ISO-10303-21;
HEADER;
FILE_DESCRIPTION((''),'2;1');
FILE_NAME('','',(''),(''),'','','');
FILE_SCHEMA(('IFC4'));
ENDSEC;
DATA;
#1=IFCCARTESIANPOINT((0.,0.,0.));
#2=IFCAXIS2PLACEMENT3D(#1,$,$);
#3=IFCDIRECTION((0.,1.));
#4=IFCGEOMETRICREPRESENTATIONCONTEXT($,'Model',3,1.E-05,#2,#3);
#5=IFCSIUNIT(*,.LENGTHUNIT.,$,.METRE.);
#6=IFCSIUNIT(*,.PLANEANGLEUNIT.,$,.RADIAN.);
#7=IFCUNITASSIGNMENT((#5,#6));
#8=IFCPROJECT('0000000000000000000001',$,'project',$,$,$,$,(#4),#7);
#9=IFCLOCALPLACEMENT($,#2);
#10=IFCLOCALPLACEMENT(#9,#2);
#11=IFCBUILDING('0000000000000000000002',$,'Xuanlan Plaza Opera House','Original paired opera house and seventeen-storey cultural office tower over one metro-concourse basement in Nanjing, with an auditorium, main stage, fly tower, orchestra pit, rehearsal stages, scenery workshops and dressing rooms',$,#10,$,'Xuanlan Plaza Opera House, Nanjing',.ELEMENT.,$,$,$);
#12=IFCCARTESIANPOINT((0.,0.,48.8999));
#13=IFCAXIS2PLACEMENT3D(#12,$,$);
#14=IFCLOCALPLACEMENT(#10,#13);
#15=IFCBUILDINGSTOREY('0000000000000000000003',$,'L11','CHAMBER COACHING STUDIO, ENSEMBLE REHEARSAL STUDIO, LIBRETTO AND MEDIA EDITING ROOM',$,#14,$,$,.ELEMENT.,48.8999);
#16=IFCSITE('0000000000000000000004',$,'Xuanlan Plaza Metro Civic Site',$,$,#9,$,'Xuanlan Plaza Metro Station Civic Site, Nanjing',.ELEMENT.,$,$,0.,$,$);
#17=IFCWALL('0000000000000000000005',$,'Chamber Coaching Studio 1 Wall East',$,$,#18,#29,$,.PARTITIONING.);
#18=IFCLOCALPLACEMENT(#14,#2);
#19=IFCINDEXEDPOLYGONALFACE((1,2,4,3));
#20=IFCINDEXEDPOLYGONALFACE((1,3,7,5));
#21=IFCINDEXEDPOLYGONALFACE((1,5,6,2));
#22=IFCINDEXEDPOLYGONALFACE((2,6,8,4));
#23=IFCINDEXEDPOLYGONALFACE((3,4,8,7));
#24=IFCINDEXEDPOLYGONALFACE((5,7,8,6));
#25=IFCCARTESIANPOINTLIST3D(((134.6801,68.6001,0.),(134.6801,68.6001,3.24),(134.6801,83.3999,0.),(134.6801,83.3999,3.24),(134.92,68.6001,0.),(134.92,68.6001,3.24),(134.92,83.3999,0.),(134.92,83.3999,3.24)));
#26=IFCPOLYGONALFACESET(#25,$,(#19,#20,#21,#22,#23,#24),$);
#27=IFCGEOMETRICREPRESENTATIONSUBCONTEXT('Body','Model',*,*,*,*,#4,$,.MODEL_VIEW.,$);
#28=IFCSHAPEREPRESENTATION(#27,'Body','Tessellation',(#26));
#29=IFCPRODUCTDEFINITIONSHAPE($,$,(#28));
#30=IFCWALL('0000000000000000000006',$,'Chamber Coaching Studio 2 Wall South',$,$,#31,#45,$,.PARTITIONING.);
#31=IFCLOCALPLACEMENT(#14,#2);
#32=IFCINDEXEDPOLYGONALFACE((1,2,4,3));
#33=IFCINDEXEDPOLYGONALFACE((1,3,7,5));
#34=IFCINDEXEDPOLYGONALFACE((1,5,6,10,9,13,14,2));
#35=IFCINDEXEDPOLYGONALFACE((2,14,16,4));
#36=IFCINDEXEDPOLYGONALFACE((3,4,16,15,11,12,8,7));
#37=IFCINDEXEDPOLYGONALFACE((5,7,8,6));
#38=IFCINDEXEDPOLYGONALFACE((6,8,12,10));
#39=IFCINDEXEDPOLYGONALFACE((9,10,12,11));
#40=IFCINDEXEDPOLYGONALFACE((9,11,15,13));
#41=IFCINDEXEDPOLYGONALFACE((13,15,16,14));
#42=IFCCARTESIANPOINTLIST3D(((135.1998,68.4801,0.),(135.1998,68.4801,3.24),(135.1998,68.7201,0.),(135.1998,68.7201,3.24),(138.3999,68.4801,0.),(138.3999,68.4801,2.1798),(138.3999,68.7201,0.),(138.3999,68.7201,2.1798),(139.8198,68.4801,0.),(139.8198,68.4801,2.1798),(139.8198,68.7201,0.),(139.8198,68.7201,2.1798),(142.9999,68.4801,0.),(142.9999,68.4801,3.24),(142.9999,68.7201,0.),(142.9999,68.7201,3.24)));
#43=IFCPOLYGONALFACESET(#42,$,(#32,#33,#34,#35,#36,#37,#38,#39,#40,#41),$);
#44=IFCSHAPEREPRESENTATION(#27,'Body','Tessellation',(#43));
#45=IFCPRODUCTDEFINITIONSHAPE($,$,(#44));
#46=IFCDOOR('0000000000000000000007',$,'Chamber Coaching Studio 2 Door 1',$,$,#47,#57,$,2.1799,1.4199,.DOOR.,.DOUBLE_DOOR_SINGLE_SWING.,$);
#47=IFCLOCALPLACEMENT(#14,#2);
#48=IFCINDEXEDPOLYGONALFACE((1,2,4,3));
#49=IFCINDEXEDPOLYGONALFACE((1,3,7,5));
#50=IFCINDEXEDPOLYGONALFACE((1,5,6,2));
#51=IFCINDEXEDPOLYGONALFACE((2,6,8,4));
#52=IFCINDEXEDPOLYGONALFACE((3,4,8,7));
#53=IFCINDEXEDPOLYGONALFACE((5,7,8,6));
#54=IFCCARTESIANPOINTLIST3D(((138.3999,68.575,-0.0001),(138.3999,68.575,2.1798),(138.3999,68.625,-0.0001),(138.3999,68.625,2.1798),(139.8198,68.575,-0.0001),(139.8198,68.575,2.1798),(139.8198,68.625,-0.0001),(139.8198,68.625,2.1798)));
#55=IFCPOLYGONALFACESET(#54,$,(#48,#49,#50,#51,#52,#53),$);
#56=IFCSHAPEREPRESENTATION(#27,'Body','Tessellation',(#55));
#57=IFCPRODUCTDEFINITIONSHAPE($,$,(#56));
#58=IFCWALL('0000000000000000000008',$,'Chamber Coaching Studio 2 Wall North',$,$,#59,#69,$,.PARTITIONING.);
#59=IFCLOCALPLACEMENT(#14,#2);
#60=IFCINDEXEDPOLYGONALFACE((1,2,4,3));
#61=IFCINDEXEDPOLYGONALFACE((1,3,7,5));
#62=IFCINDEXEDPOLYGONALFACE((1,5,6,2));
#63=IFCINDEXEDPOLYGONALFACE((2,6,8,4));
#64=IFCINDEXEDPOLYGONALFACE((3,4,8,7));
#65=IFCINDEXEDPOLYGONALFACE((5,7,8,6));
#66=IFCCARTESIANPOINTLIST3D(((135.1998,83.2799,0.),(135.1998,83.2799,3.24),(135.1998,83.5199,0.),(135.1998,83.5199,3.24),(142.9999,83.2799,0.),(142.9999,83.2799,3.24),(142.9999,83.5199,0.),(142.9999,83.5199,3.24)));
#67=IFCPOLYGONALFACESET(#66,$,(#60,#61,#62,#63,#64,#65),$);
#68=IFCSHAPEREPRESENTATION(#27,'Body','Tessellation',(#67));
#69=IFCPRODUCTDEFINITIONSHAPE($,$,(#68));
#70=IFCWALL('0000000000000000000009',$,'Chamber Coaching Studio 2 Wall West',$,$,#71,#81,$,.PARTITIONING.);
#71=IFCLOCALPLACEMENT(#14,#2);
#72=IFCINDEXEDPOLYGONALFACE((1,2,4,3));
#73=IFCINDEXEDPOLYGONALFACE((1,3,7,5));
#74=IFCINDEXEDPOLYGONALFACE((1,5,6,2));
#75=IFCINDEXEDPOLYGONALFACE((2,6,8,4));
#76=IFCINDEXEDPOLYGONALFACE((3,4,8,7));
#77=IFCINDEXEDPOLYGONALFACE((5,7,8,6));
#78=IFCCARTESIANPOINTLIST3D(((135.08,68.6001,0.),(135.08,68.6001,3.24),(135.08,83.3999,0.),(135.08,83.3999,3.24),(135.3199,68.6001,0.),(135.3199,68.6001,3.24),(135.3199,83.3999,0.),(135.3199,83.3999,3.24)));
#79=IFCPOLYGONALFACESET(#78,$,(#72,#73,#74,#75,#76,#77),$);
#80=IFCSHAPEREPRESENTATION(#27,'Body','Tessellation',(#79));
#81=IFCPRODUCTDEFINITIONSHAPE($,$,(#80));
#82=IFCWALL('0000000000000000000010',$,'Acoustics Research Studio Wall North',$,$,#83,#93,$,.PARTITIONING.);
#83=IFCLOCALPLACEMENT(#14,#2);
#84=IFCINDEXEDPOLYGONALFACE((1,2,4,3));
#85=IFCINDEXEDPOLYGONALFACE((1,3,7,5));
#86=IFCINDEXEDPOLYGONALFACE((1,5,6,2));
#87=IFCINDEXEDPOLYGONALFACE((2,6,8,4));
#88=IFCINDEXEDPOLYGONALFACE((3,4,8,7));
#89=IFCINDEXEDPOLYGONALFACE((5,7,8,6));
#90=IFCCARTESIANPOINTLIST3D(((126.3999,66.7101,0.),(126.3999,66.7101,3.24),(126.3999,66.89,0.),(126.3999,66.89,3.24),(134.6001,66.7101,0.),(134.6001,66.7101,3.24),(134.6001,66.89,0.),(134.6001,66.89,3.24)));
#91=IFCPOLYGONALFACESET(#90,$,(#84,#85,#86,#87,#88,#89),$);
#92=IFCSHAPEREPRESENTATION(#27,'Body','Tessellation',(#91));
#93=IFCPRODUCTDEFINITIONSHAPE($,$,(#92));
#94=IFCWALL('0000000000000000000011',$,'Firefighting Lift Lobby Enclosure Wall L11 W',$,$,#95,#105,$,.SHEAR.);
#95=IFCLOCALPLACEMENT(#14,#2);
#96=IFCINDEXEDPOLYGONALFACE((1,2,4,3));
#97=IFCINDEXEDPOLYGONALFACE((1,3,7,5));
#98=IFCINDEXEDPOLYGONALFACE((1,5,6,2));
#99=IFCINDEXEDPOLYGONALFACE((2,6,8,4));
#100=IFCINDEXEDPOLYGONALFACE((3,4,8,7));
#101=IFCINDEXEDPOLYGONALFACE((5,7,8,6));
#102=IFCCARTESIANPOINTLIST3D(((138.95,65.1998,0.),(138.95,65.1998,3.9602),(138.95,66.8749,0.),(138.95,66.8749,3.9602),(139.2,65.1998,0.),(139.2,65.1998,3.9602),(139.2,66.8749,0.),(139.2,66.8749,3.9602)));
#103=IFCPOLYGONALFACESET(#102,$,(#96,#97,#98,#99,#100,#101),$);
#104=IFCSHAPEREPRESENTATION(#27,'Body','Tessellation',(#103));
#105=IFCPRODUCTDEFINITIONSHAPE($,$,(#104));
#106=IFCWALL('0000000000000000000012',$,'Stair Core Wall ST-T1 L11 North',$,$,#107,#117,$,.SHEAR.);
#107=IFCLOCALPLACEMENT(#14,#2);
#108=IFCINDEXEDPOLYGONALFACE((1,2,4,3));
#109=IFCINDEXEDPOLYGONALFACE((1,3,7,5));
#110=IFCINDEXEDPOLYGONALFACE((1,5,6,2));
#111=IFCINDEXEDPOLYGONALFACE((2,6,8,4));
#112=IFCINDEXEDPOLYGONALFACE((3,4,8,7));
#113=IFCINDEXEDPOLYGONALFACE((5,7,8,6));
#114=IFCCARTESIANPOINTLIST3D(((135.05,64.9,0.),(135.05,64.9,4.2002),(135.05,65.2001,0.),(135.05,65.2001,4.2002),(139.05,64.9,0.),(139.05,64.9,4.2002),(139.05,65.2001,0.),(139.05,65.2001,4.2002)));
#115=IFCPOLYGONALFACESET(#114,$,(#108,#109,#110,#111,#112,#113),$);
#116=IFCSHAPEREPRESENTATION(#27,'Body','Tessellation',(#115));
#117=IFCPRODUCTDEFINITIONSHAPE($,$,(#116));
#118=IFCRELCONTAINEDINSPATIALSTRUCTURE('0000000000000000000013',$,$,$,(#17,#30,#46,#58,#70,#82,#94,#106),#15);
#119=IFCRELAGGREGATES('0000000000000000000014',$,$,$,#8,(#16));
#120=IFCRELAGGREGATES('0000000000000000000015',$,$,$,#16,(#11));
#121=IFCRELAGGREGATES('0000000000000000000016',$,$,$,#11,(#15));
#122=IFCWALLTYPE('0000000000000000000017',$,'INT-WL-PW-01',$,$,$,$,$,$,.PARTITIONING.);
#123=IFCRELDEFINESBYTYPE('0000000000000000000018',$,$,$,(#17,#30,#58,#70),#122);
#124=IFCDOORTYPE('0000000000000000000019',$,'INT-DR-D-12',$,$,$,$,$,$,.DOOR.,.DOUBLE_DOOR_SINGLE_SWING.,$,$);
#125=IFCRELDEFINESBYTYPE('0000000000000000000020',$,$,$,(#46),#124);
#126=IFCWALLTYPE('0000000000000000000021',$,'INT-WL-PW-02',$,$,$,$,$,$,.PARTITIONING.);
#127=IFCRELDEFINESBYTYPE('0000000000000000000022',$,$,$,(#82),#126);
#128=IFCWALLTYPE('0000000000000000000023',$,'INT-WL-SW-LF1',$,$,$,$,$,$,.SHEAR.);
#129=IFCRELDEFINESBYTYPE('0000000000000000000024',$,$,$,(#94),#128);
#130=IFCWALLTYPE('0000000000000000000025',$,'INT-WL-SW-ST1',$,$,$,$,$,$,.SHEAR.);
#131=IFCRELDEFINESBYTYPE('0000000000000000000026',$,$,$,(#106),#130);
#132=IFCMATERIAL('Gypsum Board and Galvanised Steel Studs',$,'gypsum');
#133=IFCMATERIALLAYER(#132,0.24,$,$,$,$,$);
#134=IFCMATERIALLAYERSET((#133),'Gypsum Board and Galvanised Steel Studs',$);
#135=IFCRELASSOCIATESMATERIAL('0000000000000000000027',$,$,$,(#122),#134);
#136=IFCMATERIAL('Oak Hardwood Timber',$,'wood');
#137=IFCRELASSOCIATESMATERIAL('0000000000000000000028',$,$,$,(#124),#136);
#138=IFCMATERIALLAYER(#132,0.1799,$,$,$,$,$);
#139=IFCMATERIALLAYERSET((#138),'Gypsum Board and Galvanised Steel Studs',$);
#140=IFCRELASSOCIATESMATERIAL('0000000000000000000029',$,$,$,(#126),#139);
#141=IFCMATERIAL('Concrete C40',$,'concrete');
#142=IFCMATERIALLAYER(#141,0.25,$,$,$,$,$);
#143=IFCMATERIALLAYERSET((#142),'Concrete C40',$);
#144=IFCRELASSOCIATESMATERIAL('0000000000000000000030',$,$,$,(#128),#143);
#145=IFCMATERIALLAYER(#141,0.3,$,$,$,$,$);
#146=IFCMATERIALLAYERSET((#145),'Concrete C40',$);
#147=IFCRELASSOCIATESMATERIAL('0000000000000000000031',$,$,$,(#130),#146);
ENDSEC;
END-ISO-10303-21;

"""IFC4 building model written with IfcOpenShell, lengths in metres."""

from ifc_helpers import new_model, si_unit, direction, frame, frame_2d, origin, place, context, subcontext, project, spatial, rectangle, extrude, material, layer, layer_set, type_object, element, fill, save


model = new_model("IFC4")

# Units and contexts
model_context = context("Model", 3, precision=1e-05, world=origin(), true_north=direction((0.0, 1.0)))
body_context = subcontext(model_context, "Body", "Model", "MODEL_VIEW")
ifc_project = project(units=[si_unit("LENGTHUNIT", "METRE"), si_unit("PLANEANGLEUNIT", "RADIAN")], contexts=[model_context])

# Site, building, storey
site_placement = place(None, origin())
site = spatial("IfcSite", under=ifc_project, at=site_placement, Name="Xuanlan Plaza Metro Civic Site", LongName="Xuanlan Plaza Metro Station Civic Site, Nanjing", CompositionType="ELEMENT", RefElevation=0.0)
building_placement = place(site_placement, origin())
building = spatial("IfcBuilding", under=site, at=building_placement, Name="Xuanlan Plaza Opera House", Description="Original paired opera house and seventeen-storey cultural office tower over one metro-concourse basement in Nanjing, with an auditorium, main stage, fly tower, orchestra pit, rehearsal stages, scenery workshops and dressing rooms", LongName="Xuanlan Plaza Opera House, Nanjing", CompositionType="ELEMENT")
storey_placement = place(building_placement, frame((0.0, 0.0, 48.8999)))
storey = spatial("IfcBuildingStorey", under=building, at=storey_placement, Name="L11", Description="CHAMBER COACHING STUDIO, ENSEMBLE REHEARSAL STUDIO, LIBRETTO AND MEDIA EDITING ROOM", CompositionType="ELEMENT", Elevation=48.8999)

# Shared definitions
ifc_material_1 = material(Name="Concrete C40", Category="concrete")

# Shared definitions
ifc_material_2 = material(Name="Gypsum Board and Galvanised Steel Studs", Category="gypsum")
ifc_layer_1 = layer(ifc_material_2, 0.24)
ifc_layer_set_1 = layer_set([ifc_layer_1], Name="Gypsum Board and Galvanised Steel Studs")
wall_type_1 = type_object("IfcWallType", Name="INT-WL-PW-01", PredefinedType="PARTITIONING", material=ifc_layer_set_1)
ifc_material_3 = material(Name="Oak Hardwood Timber", Category="wood")

# Wall
for number, where, z_axis, x_axis, name in (
    (1, (134.8, 68.6001, 0.0), (0.0, 0.0, 1.0), (0.0, 1.0, 0.0), "Chamber Coaching Studio 1 Wall East"),
):
    element("IfcWall", number, at=place(storey_placement, frame(where, z_axis=z_axis, x_axis=x_axis)), inside=storey, type_object=wall_type_1, Name=name, PredefinedType="PARTITIONING", context=body_context, shape_type="SweptSolid", body=[
        extrude(rectangle(XDim=14.7998, YDim=0.24, at=frame_2d((7.3999, 0.0))), origin(), (0.0, 0.0, 1.0), 3.24),
    ])

# Wall, opening, door
wall_1_placement = place(storey_placement, frame((135.2, 68.6001, 0.0), z_axis=(0.0, 0.0, 1.0), x_axis=(1.0, 0.0, 0.0)))
wall_1 = element("IfcWall", 2, at=wall_1_placement, inside=storey, type_object=wall_type_1, Name="Chamber Coaching Studio 2 Wall South", PredefinedType="PARTITIONING", context=body_context, shape_type="SweptSolid", body=[
    extrude(rectangle(XDim=7.8, YDim=0.24, at=frame_2d((3.8999, 0.0))), origin(), (0.0, 0.0, 1.0), 3.24),
])
opening_1_placement = place(wall_1_placement, frame((3.2, 0.0, 0.0)))
opening_1 = element("IfcOpeningElement", 3, at=opening_1_placement, cuts=wall_1, PredefinedType="OPENING", context=body_context, shape_type="SweptSolid", body=[
    extrude(rectangle(XDim=1.4199, YDim=2.1799, at=frame_2d((0.71, 1.0898))), frame((0.0, 0.1299, 0.0), z_axis=(0.0, -1.0, 0.0), x_axis=(1.0, 0.0, 0.0)), (0.0, 0.0, 1.0), 0.26),
])
door_type_1 = type_object("IfcDoorType", Name="INT-DR-D-12", OperationType="DOUBLE_DOOR_SINGLE_SWING", PredefinedType="DOOR", material=ifc_material_3)
door_1_placement = place(opening_1_placement, origin())
door_1 = element("IfcDoor", 4, at=door_1_placement, inside=storey, type_object=door_type_1, Name="Chamber Coaching Studio 2 Door 1", OperationType="DOUBLE_DOOR_SINGLE_SWING", OverallHeight=2.1799, OverallWidth=1.4199, PredefinedType="DOOR", context=body_context, shape_type="SweptSolid", body=[
    extrude(rectangle(XDim=1.4199, YDim=2.1799, at=frame_2d((0.71, 1.0898))), frame((0.0, 0.0249, 0.0), z_axis=(0.0, -1.0, 0.0), x_axis=(1.0, 0.0, 0.0)), (0.0, 0.0, 1.0), 0.05),
])
fill(opening_1, door_1)

# Walls
wall_2_placement = place(storey_placement, frame((135.2, 83.3999, 0.0), z_axis=(0.0, 0.0, 1.0), x_axis=(1.0, 0.0, 0.0)))
element("IfcWall", 5, at=wall_2_placement, inside=storey, type_object=wall_type_1, Name="Chamber Coaching Studio 2 Wall North", PredefinedType="PARTITIONING", context=body_context, shape_type="SweptSolid", body=[
    extrude(rectangle(XDim=7.8, YDim=0.24, at=frame_2d((3.8999, 0.0))), origin(), (0.0, 0.0, 1.0), 3.24),
])
wall_3_placement = place(storey_placement, frame((135.2, 68.6001, 0.0), z_axis=(0.0, 0.0, 1.0), x_axis=(0.0, 1.0, 0.0)))
element("IfcWall", 6, at=wall_3_placement, inside=storey, type_object=wall_type_1, Name="Chamber Coaching Studio 2 Wall West", PredefinedType="PARTITIONING", context=body_context, shape_type="SweptSolid", body=[
    extrude(rectangle(XDim=14.7998, YDim=0.24, at=frame_2d((7.3999, 0.0))), origin(), (0.0, 0.0, 1.0), 3.24),
])
ifc_layer_2 = layer(ifc_material_2, 0.1799)
ifc_layer_set_2 = layer_set([ifc_layer_2], Name="Gypsum Board and Galvanised Steel Studs")
wall_type_2 = type_object("IfcWallType", Name="INT-WL-PW-02", PredefinedType="PARTITIONING", material=ifc_layer_set_2)
wall_4_placement = place(storey_placement, frame((126.3999, 66.8, 0.0), z_axis=(0.0, 0.0, 1.0), x_axis=(1.0, 0.0, 0.0)))
element("IfcWall", 7, at=wall_4_placement, inside=storey, type_object=wall_type_2, Name="Acoustics Research Studio Wall North", PredefinedType="PARTITIONING", context=body_context, shape_type="SweptSolid", body=[
    extrude(rectangle(XDim=8.2002, YDim=0.1799, at=frame_2d((4.1001, 0.0))), origin(), (0.0, 0.0, 1.0), 3.24),
])
ifc_layer_3 = layer(ifc_material_1, 0.25)
ifc_layer_set_3 = layer_set([ifc_layer_3], Name="Concrete C40")
wall_type_3 = type_object("IfcWallType", Name="INT-WL-SW-LF1", PredefinedType="SHEAR", material=ifc_layer_set_3)
wall_5_placement = place(storey_placement, frame((139.075, 65.2, 0.0), z_axis=(0.0, 0.0, 1.0), x_axis=(0.0, 1.0, 0.0)))
element("IfcWall", 8, at=wall_5_placement, inside=storey, type_object=wall_type_3, Name="Firefighting Lift Lobby Enclosure Wall L11 W", PredefinedType="SHEAR", context=body_context, shape_type="SweptSolid", body=[
    extrude(rectangle(XDim=1.675, YDim=0.25, at=frame_2d((0.8374, 0.0))), origin(), (0.0, 0.0, 1.0), 3.9602),
])

# Wall
ifc_layer_4 = layer(ifc_material_1, 0.3)
ifc_layer_set_4 = layer_set([ifc_layer_4], Name="Concrete C40")
wall_type_4 = type_object("IfcWallType", Name="INT-WL-SW-ST1", PredefinedType="SHEAR", material=ifc_layer_set_4)
wall_6_placement = place(storey_placement, frame((135.05, 65.05, 0.0), z_axis=(0.0, 0.0, 1.0), x_axis=(1.0, 0.0, 0.0)))
element("IfcWall", 9, at=wall_6_placement, inside=storey, type_object=wall_type_4, Name="Stair Core Wall ST-T1 L11 North", PredefinedType="SHEAR", context=body_context, shape_type="SweptSolid", body=[
    extrude(rectangle(XDim=4.0, YDim=0.3, at=frame_2d((2.0, 0.0))), origin(), (0.0, 0.0, 1.0), 4.2002),
])

save(model, "model.ifc")
